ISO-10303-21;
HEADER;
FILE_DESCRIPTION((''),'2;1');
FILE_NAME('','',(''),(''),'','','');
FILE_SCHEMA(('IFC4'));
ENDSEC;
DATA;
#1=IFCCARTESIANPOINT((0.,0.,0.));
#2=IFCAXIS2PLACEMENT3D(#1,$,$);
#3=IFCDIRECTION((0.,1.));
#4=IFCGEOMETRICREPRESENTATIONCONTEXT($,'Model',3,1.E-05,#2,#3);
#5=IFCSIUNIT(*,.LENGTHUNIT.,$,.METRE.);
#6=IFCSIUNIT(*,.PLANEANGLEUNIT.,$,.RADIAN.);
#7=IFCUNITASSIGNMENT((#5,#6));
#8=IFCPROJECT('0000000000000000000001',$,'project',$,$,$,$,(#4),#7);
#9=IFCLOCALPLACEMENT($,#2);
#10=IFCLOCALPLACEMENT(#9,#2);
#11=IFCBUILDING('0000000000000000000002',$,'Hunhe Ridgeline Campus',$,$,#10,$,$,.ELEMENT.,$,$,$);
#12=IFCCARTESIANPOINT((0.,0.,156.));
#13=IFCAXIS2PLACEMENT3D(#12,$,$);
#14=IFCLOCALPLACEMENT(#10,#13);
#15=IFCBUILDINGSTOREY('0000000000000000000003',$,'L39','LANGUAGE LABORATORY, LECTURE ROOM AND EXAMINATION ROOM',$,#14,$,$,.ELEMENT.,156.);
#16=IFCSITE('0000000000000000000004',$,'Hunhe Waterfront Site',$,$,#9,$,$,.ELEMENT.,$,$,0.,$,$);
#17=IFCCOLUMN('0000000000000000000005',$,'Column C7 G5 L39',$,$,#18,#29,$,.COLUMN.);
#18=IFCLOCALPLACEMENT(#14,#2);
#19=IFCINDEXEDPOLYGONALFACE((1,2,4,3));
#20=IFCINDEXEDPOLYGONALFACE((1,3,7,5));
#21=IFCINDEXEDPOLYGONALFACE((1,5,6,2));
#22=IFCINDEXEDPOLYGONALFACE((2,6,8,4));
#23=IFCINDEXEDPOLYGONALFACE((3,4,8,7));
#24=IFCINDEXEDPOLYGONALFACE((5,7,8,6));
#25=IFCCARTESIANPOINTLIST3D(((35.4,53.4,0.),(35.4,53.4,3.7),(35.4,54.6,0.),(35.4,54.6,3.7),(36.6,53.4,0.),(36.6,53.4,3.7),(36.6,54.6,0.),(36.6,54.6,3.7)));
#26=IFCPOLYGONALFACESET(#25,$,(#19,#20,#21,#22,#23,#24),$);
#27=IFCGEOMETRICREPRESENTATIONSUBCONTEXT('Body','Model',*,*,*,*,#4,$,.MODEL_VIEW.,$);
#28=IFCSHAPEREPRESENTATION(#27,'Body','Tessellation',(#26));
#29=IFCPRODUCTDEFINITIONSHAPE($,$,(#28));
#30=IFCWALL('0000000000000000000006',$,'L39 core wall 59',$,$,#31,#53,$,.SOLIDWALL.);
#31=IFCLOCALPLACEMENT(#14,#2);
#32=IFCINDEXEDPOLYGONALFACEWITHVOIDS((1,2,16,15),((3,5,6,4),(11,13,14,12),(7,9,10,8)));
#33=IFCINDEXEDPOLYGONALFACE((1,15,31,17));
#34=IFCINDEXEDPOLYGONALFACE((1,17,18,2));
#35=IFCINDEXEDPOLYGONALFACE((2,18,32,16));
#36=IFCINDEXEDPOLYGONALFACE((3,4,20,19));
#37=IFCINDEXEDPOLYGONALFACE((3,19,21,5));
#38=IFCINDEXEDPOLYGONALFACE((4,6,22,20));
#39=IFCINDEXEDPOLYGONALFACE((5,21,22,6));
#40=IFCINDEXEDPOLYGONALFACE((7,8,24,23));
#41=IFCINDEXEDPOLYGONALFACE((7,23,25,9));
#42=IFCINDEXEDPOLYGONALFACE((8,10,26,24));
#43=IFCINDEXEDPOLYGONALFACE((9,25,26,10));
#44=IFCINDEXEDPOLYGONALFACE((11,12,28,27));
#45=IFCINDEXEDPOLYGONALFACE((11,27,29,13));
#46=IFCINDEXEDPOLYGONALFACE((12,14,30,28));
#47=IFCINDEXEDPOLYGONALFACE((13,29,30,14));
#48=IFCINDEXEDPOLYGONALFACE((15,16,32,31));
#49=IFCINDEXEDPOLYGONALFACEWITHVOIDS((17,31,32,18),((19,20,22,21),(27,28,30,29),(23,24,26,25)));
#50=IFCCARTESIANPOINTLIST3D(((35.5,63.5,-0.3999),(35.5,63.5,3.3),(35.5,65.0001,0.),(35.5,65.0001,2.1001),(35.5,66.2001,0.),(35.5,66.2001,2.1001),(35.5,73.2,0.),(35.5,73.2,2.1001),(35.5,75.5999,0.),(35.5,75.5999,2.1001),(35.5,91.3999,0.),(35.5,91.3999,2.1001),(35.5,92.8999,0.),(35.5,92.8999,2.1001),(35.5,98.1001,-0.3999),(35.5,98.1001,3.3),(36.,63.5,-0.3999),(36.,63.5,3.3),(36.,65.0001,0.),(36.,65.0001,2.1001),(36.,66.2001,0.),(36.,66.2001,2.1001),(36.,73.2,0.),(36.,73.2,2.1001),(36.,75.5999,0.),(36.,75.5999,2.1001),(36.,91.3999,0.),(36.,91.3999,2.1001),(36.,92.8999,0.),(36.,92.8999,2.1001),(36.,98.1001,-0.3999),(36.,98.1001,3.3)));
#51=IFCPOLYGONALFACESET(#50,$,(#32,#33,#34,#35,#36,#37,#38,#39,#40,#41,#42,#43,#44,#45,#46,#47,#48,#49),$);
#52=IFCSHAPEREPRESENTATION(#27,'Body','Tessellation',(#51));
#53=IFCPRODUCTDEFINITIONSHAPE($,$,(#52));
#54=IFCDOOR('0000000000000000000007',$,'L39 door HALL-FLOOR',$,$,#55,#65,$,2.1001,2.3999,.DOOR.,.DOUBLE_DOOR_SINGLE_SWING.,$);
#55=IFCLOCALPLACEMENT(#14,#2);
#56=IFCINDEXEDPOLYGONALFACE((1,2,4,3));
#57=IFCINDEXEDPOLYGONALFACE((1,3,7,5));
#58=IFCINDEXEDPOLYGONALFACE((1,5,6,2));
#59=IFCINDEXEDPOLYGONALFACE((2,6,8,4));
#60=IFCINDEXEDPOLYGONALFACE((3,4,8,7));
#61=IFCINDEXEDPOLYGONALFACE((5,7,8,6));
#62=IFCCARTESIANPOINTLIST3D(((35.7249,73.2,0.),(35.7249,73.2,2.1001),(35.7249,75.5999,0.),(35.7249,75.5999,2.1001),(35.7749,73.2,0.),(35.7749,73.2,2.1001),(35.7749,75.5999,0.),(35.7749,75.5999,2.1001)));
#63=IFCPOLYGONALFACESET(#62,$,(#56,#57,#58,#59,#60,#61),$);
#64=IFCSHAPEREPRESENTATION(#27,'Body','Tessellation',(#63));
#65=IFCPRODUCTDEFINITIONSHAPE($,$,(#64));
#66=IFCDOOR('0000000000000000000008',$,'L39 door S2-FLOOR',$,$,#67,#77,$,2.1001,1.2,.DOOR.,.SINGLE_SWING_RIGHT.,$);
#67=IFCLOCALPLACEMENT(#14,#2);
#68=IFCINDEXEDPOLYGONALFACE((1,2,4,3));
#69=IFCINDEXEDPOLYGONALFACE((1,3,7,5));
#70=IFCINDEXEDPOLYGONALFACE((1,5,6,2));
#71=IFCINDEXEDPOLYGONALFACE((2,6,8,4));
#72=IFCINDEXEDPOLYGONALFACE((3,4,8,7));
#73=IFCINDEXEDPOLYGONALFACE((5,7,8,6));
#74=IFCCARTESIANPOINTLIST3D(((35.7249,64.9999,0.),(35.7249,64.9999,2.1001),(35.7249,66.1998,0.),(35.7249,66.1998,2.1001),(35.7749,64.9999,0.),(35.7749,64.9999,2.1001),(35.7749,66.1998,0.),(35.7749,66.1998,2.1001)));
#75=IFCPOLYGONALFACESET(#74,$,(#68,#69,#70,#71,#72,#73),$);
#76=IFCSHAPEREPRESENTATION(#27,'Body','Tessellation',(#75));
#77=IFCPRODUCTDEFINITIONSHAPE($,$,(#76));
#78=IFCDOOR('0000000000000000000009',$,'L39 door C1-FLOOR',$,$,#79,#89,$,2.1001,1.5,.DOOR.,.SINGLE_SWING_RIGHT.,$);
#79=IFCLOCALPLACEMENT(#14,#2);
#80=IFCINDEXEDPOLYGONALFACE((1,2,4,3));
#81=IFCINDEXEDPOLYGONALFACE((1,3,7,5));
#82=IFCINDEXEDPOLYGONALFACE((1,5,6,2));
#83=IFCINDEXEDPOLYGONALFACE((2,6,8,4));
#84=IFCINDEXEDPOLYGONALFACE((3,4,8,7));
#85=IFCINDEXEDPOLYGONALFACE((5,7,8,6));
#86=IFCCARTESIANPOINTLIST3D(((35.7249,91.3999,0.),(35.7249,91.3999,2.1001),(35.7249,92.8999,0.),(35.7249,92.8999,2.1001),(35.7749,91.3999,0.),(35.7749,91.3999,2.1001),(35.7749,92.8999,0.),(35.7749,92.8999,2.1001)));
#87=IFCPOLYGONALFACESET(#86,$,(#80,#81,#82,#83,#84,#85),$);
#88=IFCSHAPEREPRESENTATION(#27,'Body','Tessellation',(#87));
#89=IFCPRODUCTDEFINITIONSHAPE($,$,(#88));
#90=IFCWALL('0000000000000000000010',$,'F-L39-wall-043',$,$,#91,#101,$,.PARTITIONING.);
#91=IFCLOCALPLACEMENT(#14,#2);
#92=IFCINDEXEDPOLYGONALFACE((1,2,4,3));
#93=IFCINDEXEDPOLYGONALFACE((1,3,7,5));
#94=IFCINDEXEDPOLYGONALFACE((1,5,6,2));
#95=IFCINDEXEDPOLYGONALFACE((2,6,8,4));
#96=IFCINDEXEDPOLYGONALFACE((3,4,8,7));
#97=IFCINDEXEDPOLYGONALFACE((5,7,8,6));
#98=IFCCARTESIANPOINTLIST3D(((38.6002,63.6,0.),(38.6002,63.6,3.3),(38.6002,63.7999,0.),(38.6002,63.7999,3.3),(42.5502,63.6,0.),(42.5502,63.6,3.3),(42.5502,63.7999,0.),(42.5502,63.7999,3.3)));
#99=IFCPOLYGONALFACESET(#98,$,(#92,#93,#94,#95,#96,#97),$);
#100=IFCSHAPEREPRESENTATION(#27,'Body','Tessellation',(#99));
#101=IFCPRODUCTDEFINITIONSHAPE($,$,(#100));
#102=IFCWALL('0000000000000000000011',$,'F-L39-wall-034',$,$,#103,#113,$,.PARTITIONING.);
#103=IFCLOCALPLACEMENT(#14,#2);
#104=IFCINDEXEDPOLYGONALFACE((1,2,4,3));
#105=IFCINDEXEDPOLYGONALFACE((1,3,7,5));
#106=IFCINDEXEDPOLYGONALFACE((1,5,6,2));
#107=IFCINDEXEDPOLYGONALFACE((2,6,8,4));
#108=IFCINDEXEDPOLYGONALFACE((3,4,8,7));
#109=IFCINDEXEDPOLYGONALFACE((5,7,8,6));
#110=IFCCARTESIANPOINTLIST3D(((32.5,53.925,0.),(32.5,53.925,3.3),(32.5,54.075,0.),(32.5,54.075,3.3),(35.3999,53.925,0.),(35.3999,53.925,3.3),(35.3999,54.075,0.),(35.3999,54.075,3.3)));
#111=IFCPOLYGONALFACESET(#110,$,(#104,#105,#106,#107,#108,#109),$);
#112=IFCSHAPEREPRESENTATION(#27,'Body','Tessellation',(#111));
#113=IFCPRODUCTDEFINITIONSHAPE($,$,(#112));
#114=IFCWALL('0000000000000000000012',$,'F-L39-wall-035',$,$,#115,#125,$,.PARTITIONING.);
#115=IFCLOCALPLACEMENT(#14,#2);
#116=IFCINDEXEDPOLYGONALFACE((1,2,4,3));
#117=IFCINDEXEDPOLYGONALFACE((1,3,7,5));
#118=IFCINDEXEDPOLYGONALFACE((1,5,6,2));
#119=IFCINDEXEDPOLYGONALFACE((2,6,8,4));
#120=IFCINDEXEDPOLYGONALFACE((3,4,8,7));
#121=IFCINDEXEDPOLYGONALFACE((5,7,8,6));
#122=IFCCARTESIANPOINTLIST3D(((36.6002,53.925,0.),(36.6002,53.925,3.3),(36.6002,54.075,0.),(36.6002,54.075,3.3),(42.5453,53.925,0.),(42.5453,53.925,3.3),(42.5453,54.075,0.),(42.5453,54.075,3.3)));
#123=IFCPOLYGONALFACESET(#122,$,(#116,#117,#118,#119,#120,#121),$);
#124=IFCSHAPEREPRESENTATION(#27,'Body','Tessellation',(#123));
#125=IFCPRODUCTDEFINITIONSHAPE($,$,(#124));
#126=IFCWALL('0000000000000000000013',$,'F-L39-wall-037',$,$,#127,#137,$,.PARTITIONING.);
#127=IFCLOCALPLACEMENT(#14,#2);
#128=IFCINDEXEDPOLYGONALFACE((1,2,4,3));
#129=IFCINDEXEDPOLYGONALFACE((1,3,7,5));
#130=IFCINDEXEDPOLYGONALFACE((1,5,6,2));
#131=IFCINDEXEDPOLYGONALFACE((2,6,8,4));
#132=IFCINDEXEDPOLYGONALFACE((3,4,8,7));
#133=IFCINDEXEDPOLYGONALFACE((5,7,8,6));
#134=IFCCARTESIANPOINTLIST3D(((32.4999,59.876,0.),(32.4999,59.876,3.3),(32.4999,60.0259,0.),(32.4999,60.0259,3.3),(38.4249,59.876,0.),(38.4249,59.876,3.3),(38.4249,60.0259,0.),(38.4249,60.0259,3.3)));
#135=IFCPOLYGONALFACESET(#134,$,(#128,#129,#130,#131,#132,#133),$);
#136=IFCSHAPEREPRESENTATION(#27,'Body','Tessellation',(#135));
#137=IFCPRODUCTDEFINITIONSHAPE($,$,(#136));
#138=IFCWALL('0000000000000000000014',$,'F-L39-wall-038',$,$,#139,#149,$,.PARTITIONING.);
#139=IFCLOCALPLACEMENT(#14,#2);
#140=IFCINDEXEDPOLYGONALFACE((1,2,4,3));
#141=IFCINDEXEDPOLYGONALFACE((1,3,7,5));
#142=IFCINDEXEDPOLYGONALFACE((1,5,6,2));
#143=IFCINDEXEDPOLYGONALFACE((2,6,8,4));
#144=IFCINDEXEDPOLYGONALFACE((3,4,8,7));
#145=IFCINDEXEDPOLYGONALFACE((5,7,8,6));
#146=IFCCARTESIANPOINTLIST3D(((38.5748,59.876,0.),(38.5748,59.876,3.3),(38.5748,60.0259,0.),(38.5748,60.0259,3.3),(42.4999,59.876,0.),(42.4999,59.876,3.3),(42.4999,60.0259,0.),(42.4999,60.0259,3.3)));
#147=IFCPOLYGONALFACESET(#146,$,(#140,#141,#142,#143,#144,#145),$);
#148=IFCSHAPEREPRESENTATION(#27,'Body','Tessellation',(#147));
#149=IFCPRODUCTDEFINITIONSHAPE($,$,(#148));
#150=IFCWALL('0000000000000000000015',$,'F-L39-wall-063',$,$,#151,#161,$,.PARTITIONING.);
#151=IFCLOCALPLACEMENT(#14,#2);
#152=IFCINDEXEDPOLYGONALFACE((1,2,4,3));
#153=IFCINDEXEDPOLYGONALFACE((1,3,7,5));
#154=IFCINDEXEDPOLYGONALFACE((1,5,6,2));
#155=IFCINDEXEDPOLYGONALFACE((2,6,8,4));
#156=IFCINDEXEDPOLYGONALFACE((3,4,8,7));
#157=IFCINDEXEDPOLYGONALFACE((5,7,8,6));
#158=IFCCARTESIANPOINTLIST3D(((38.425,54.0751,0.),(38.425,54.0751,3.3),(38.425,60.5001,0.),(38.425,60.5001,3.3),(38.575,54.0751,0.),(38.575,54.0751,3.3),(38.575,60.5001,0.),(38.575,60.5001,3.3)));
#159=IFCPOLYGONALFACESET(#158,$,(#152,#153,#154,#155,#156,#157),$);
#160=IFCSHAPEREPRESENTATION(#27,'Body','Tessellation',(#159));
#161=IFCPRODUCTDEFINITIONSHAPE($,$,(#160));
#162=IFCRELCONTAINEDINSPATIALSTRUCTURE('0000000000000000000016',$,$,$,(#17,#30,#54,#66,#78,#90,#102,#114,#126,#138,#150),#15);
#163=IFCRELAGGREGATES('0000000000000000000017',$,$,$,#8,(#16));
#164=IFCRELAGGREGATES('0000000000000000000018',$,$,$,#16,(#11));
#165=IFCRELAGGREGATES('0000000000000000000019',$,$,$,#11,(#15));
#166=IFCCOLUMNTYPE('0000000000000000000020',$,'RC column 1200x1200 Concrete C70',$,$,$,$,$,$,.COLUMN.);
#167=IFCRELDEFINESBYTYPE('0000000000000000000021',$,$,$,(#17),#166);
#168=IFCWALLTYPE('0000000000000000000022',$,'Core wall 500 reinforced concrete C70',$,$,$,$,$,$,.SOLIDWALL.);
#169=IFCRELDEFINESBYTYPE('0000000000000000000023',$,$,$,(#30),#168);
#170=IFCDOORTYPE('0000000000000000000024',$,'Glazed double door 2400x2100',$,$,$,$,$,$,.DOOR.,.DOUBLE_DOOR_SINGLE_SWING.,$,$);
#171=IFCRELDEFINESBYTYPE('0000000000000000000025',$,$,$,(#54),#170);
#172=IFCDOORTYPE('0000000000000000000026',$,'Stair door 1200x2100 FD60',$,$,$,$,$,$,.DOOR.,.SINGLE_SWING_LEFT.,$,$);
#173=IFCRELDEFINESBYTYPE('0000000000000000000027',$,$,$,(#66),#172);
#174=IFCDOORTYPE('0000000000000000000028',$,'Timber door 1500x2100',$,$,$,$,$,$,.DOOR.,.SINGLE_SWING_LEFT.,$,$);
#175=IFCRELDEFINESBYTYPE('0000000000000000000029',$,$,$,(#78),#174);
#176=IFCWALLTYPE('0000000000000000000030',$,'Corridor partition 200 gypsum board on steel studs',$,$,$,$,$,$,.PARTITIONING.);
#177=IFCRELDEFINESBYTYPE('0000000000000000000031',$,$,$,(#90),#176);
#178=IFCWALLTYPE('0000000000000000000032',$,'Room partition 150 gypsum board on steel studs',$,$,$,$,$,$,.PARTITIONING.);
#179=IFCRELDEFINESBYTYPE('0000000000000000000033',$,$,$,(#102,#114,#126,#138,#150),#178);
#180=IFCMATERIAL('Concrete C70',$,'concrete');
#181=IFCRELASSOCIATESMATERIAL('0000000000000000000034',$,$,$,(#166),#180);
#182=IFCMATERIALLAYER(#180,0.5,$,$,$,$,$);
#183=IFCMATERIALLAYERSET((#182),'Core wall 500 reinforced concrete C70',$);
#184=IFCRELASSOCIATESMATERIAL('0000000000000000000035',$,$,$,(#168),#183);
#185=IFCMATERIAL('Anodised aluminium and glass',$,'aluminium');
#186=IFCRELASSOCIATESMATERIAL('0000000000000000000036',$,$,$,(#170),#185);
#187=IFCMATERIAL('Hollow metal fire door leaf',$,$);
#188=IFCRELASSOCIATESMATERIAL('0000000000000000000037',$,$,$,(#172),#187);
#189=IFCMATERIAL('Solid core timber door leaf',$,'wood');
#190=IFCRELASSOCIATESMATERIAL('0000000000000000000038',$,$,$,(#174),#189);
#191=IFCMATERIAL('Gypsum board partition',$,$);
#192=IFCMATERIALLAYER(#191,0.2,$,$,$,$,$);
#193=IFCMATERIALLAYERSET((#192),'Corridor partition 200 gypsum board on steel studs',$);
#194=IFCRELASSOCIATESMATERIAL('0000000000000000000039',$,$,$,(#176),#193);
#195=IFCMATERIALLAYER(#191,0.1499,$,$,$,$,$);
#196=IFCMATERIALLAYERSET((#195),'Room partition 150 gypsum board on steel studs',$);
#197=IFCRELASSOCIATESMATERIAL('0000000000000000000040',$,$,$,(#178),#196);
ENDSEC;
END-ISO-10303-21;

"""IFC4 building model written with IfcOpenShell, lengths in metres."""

from ifc_helpers import new_model, si_unit, direction, frame, frame_2d, origin, origin_2d, place, context, subcontext, project, spatial, rectangle, extrude, material, layer, layer_set, material_profile, profile_set, type_object, element, fill, save


model = new_model("IFC4")

# Units and contexts
model_context = context("Model", 3, precision=1e-05, world=origin(), true_north=direction((0.0, 1.0)))
body_context = subcontext(model_context, "Body", "Model", "MODEL_VIEW")
ifc_project = project(units=[si_unit("LENGTHUNIT", "METRE"), si_unit("PLANEANGLEUNIT", "RADIAN")], contexts=[model_context])

# Site, building, storey
site_placement = place(None, origin())
site = spatial("IfcSite", under=ifc_project, at=site_placement, Name="Hunhe Waterfront Site", CompositionType="ELEMENT", RefElevation=0.0)
building_placement = place(site_placement, origin())
building = spatial("IfcBuilding", under=site, at=building_placement, Name="Hunhe Ridgeline Campus", CompositionType="ELEMENT")
storey_placement = place(building_placement, frame((0.0, 0.0, 156.0)))
storey = spatial("IfcBuildingStorey", under=building, at=storey_placement, Name="L39", Description="LANGUAGE LABORATORY, LECTURE ROOM AND EXAMINATION ROOM", CompositionType="ELEMENT", Elevation=156.0)

# Column
ifc_material_1 = material(Name="Concrete C70", Category="concrete")
ifc_material_profile = material_profile(ifc_material_1, rectangle(XDim=1.2, YDim=1.2, at=origin_2d()))
ifc_profile_set = profile_set([ifc_material_profile], Name="Concrete C70")
column_type = type_object("IfcColumnType", Name="RC column 1200x1200 Concrete C70", PredefinedType="COLUMN", material=ifc_profile_set)
column_placement = place(storey_placement, frame((36.0, 54.0, 0.0), z_axis=(0.0, 0.0, 1.0), x_axis=(1.0, 0.0, 0.0)))
element("IfcColumn", 1, at=column_placement, inside=storey, type_object=column_type, Name="Column C7 G5 L39", PredefinedType="COLUMN", context=body_context, shape_type="SweptSolid", body=[
    extrude(rectangle(XDim=1.2, YDim=1.2, at=origin_2d()), origin(), (0.0, 0.0, 1.0), 3.7),
])

# Wall, openings, doors
ifc_layer_1 = layer(ifc_material_1, 0.5)
ifc_layer_set_1 = layer_set([ifc_layer_1], Name="Core wall 500 reinforced concrete C70")
wall_type_1 = type_object("IfcWallType", Name="Core wall 500 reinforced concrete C70", PredefinedType="SOLIDWALL", material=ifc_layer_set_1)
wall_1_placement = place(storey_placement, frame((35.75, 63.5, -0.3999), z_axis=(0.0, 0.0, 1.0), x_axis=(0.0, 1.0, 0.0)))
wall_1 = element("IfcWall", 2, at=wall_1_placement, inside=storey, type_object=wall_type_1, Name="L39 core wall 59", PredefinedType="SOLIDWALL", context=body_context, shape_type="SweptSolid", body=[
    extrude(rectangle(XDim=34.6001, YDim=0.5, at=frame_2d((17.3, 0.0))), origin(), (0.0, 0.0, 1.0), 3.7),
])
opening_1_placement = place(wall_1_placement, frame((9.7, 0.0, 0.3999)))
opening_1 = element("IfcOpeningElement", 3, at=opening_1_placement, cuts=wall_1, PredefinedType="OPENING", context=body_context, shape_type="SweptSolid", body=[
    extrude(rectangle(XDim=2.3999, YDim=2.1001, at=frame_2d((1.2, 1.05))), frame((0.0, 0.25, 0.0), z_axis=(0.0, -1.0, 0.0), x_axis=(1.0, 0.0, 0.0)), (0.0, 0.0, 1.0), 0.5),
])
opening_2_placement = place(wall_1_placement, frame((27.8999, 0.0, 0.3999)))
opening_2 = element("IfcOpeningElement", 4, at=opening_2_placement, cuts=wall_1, PredefinedType="OPENING", context=body_context, shape_type="SweptSolid", body=[
    extrude(rectangle(XDim=1.5, YDim=2.1001, at=frame_2d((0.75, 1.05))), frame((0.0, 0.25, 0.0), z_axis=(0.0, -1.0, 0.0), x_axis=(1.0, 0.0, 0.0)), (0.0, 0.0, 1.0), 0.5),
])
opening_3_placement = place(wall_1_placement, frame((1.5, 0.0, 0.3999)))
opening_3 = element("IfcOpeningElement", 5, at=opening_3_placement, cuts=wall_1, PredefinedType="OPENING", context=body_context, shape_type="SweptSolid", body=[
    extrude(rectangle(XDim=1.2, YDim=2.1001, at=frame_2d((0.6001, 1.05))), frame((0.0, 0.25, 0.0), z_axis=(0.0, -1.0, 0.0), x_axis=(1.0, 0.0, 0.0)), (0.0, 0.0, 1.0), 0.5),
])
ifc_material_2 = material(Name="Anodised aluminium and glass", Category="aluminium")
door_type_1 = type_object("IfcDoorType", Name="Glazed double door 2400x2100", OperationType="DOUBLE_DOOR_SINGLE_SWING", PredefinedType="DOOR", material=ifc_material_2)
door_1_placement = place(opening_1_placement, frame((2.3999, 0.0, 0.0), z_axis=(0.0, 0.0, 1.0), x_axis=(-1.0, 0.0, 0.0)))
door_1 = element("IfcDoor", 6, at=door_1_placement, inside=storey, type_object=door_type_1, Name="L39 door HALL-FLOOR", OperationType="DOUBLE_DOOR_SINGLE_SWING", OverallHeight=2.1001, OverallWidth=2.3999, PredefinedType="DOOR", context=body_context, shape_type="SweptSolid", body=[
    extrude(rectangle(XDim=2.3999, YDim=2.1001, at=frame_2d((1.2, 1.05))), frame((0.0, 0.0249, 0.0), z_axis=(0.0, -1.0, 0.0), x_axis=(1.0, 0.0, 0.0)), (0.0, 0.0, 1.0), 0.05),
])
fill(opening_1, door_1)
ifc_material_3 = material(Name="Hollow metal fire door leaf")
door_type_2 = type_object("IfcDoorType", Name="Stair door 1200x2100 FD60", OperationType="SINGLE_SWING_LEFT", PredefinedType="DOOR", material=ifc_material_3)
door_2_placement = place(opening_3_placement, frame((1.2, 0.0, 0.0), z_axis=(0.0, 0.0, 1.0), x_axis=(-1.0, 0.0, 0.0)))
door_2 = element("IfcDoor", 7, at=door_2_placement, inside=storey, type_object=door_type_2, Name="L39 door S2-FLOOR", OperationType="SINGLE_SWING_RIGHT", OverallHeight=2.1001, OverallWidth=1.2, PredefinedType="DOOR", context=body_context, shape_type="SweptSolid", body=[
    extrude(rectangle(XDim=1.2, YDim=2.1001, at=frame_2d((0.6001, 1.05))), frame((0.0, 0.0249, 0.0), z_axis=(0.0, -1.0, 0.0), x_axis=(1.0, 0.0, 0.0)), (0.0, 0.0, 1.0), 0.05),
])
fill(opening_3, door_2)
ifc_material_4 = material(Name="Solid core timber door leaf", Category="wood")
door_type_3 = type_object("IfcDoorType", Name="Timber door 1500x2100", OperationType="SINGLE_SWING_LEFT", PredefinedType="DOOR", material=ifc_material_4)
door_3_placement = place(opening_2_placement, frame((1.5, 0.0, 0.0), z_axis=(0.0, 0.0, 1.0), x_axis=(-1.0, 0.0, 0.0)))
door_3 = element("IfcDoor", 8, at=door_3_placement, inside=storey, type_object=door_type_3, Name="L39 door C1-FLOOR", OperationType="SINGLE_SWING_RIGHT", OverallHeight=2.1001, OverallWidth=1.5, PredefinedType="DOOR", context=body_context, shape_type="SweptSolid", body=[
    extrude(rectangle(XDim=1.5, YDim=2.1001, at=frame_2d((0.75, 1.05))), frame((0.0, 0.0249, 0.0), z_axis=(0.0, -1.0, 0.0), x_axis=(1.0, 0.0, 0.0)), (0.0, 0.0, 1.0), 0.05),
])
fill(opening_2, door_3)

# Wall
ifc_material_5 = material(Name="Gypsum board partition")
ifc_layer_2 = layer(ifc_material_5, 0.2)
ifc_layer_set_2 = layer_set([ifc_layer_2], Name="Corridor partition 200 gypsum board on steel studs")
wall_type_2 = type_object("IfcWallType", Name="Corridor partition 200 gypsum board on steel studs", PredefinedType="PARTITIONING", material=ifc_layer_set_2)
wall_2_placement = place(storey_placement, frame((38.6001, 63.7, 0.0), z_axis=(0.0, 0.0, 1.0), x_axis=(1.0, 0.0, 0.0)))
element("IfcWall", 9, at=wall_2_placement, inside=storey, type_object=wall_type_2, Name="F-L39-wall-043", PredefinedType="PARTITIONING", context=body_context, shape_type="SweptSolid", body=[
    extrude(rectangle(XDim=3.95, YDim=0.2, at=frame_2d((1.9751, 0.0))), origin(), (0.0, 0.0, 1.0), 3.3),
])

# Walls
ifc_layer_3 = layer(ifc_material_5, 0.1499)
ifc_layer_set_3 = layer_set([ifc_layer_3], Name="Room partition 150 gypsum board on steel studs")
wall_type_3 = type_object("IfcWallType", Name="Room partition 150 gypsum board on steel studs", PredefinedType="PARTITIONING", material=ifc_layer_set_3)
wall_3_placement = place(storey_placement, frame((32.5, 54.0, 0.0), z_axis=(0.0, 0.0, 1.0), x_axis=(1.0, 0.0, 0.0)))
element("IfcWall", 10, at=wall_3_placement, inside=storey, type_object=wall_type_3, Name="F-L39-wall-034", PredefinedType="PARTITIONING", context=body_context, shape_type="SweptSolid", body=[
    extrude(rectangle(XDim=2.8999, YDim=0.1499, at=frame_2d((1.45, 0.0))), origin(), (0.0, 0.0, 1.0), 3.3),
])
wall_4_placement = place(storey_placement, frame((36.6001, 54.0, 0.0), z_axis=(0.0, 0.0, 1.0), x_axis=(1.0, 0.0, 0.0)))
element("IfcWall", 11, at=wall_4_placement, inside=storey, type_object=wall_type_3, Name="F-L39-wall-035", PredefinedType="PARTITIONING", context=body_context, shape_type="SweptSolid", body=[
    extrude(rectangle(XDim=5.9451, YDim=0.1499, at=frame_2d((2.9727, 0.0))), origin(), (0.0, 0.0, 1.0), 3.3),
])
wall_5_placement = place(storey_placement, frame((32.5, 59.9509, 0.0), z_axis=(0.0, 0.0, 1.0), x_axis=(1.0, 0.0, 0.0)))
element("IfcWall", 12, at=wall_5_placement, inside=storey, type_object=wall_type_3, Name="F-L39-wall-037", PredefinedType="PARTITIONING", context=body_context, shape_type="SweptSolid", body=[
    extrude(rectangle(XDim=5.925, YDim=0.1499, at=frame_2d((2.9624, 0.0))), origin(), (0.0, 0.0, 1.0), 3.3),
])
wall_6_placement = place(storey_placement, frame((38.575, 59.9509, 0.0), z_axis=(0.0, 0.0, 1.0), x_axis=(1.0, 0.0, 0.0)))
element("IfcWall", 13, at=wall_6_placement, inside=storey, type_object=wall_type_3, Name="F-L39-wall-038", PredefinedType="PARTITIONING", context=body_context, shape_type="SweptSolid", body=[
    extrude(rectangle(XDim=3.925, YDim=0.1499, at=frame_2d((1.9624, 0.0))), origin(), (0.0, 0.0, 1.0), 3.3),
])
wall_7_placement = place(storey_placement, frame((38.5, 60.5, 0.0), z_axis=(0.0, 0.0, 1.0), x_axis=(0.0, -1.0, 0.0)))
element("IfcWall", 14, at=wall_7_placement, inside=storey, type_object=wall_type_3, Name="F-L39-wall-063", PredefinedType="PARTITIONING", context=body_context, shape_type="SweptSolid", body=[
    extrude(rectangle(XDim=6.425, YDim=0.1499, at=frame_2d((3.2124, 0.0))), origin(), (0.0, 0.0, 1.0), 3.3),
])

save(model, "model.ifc")
